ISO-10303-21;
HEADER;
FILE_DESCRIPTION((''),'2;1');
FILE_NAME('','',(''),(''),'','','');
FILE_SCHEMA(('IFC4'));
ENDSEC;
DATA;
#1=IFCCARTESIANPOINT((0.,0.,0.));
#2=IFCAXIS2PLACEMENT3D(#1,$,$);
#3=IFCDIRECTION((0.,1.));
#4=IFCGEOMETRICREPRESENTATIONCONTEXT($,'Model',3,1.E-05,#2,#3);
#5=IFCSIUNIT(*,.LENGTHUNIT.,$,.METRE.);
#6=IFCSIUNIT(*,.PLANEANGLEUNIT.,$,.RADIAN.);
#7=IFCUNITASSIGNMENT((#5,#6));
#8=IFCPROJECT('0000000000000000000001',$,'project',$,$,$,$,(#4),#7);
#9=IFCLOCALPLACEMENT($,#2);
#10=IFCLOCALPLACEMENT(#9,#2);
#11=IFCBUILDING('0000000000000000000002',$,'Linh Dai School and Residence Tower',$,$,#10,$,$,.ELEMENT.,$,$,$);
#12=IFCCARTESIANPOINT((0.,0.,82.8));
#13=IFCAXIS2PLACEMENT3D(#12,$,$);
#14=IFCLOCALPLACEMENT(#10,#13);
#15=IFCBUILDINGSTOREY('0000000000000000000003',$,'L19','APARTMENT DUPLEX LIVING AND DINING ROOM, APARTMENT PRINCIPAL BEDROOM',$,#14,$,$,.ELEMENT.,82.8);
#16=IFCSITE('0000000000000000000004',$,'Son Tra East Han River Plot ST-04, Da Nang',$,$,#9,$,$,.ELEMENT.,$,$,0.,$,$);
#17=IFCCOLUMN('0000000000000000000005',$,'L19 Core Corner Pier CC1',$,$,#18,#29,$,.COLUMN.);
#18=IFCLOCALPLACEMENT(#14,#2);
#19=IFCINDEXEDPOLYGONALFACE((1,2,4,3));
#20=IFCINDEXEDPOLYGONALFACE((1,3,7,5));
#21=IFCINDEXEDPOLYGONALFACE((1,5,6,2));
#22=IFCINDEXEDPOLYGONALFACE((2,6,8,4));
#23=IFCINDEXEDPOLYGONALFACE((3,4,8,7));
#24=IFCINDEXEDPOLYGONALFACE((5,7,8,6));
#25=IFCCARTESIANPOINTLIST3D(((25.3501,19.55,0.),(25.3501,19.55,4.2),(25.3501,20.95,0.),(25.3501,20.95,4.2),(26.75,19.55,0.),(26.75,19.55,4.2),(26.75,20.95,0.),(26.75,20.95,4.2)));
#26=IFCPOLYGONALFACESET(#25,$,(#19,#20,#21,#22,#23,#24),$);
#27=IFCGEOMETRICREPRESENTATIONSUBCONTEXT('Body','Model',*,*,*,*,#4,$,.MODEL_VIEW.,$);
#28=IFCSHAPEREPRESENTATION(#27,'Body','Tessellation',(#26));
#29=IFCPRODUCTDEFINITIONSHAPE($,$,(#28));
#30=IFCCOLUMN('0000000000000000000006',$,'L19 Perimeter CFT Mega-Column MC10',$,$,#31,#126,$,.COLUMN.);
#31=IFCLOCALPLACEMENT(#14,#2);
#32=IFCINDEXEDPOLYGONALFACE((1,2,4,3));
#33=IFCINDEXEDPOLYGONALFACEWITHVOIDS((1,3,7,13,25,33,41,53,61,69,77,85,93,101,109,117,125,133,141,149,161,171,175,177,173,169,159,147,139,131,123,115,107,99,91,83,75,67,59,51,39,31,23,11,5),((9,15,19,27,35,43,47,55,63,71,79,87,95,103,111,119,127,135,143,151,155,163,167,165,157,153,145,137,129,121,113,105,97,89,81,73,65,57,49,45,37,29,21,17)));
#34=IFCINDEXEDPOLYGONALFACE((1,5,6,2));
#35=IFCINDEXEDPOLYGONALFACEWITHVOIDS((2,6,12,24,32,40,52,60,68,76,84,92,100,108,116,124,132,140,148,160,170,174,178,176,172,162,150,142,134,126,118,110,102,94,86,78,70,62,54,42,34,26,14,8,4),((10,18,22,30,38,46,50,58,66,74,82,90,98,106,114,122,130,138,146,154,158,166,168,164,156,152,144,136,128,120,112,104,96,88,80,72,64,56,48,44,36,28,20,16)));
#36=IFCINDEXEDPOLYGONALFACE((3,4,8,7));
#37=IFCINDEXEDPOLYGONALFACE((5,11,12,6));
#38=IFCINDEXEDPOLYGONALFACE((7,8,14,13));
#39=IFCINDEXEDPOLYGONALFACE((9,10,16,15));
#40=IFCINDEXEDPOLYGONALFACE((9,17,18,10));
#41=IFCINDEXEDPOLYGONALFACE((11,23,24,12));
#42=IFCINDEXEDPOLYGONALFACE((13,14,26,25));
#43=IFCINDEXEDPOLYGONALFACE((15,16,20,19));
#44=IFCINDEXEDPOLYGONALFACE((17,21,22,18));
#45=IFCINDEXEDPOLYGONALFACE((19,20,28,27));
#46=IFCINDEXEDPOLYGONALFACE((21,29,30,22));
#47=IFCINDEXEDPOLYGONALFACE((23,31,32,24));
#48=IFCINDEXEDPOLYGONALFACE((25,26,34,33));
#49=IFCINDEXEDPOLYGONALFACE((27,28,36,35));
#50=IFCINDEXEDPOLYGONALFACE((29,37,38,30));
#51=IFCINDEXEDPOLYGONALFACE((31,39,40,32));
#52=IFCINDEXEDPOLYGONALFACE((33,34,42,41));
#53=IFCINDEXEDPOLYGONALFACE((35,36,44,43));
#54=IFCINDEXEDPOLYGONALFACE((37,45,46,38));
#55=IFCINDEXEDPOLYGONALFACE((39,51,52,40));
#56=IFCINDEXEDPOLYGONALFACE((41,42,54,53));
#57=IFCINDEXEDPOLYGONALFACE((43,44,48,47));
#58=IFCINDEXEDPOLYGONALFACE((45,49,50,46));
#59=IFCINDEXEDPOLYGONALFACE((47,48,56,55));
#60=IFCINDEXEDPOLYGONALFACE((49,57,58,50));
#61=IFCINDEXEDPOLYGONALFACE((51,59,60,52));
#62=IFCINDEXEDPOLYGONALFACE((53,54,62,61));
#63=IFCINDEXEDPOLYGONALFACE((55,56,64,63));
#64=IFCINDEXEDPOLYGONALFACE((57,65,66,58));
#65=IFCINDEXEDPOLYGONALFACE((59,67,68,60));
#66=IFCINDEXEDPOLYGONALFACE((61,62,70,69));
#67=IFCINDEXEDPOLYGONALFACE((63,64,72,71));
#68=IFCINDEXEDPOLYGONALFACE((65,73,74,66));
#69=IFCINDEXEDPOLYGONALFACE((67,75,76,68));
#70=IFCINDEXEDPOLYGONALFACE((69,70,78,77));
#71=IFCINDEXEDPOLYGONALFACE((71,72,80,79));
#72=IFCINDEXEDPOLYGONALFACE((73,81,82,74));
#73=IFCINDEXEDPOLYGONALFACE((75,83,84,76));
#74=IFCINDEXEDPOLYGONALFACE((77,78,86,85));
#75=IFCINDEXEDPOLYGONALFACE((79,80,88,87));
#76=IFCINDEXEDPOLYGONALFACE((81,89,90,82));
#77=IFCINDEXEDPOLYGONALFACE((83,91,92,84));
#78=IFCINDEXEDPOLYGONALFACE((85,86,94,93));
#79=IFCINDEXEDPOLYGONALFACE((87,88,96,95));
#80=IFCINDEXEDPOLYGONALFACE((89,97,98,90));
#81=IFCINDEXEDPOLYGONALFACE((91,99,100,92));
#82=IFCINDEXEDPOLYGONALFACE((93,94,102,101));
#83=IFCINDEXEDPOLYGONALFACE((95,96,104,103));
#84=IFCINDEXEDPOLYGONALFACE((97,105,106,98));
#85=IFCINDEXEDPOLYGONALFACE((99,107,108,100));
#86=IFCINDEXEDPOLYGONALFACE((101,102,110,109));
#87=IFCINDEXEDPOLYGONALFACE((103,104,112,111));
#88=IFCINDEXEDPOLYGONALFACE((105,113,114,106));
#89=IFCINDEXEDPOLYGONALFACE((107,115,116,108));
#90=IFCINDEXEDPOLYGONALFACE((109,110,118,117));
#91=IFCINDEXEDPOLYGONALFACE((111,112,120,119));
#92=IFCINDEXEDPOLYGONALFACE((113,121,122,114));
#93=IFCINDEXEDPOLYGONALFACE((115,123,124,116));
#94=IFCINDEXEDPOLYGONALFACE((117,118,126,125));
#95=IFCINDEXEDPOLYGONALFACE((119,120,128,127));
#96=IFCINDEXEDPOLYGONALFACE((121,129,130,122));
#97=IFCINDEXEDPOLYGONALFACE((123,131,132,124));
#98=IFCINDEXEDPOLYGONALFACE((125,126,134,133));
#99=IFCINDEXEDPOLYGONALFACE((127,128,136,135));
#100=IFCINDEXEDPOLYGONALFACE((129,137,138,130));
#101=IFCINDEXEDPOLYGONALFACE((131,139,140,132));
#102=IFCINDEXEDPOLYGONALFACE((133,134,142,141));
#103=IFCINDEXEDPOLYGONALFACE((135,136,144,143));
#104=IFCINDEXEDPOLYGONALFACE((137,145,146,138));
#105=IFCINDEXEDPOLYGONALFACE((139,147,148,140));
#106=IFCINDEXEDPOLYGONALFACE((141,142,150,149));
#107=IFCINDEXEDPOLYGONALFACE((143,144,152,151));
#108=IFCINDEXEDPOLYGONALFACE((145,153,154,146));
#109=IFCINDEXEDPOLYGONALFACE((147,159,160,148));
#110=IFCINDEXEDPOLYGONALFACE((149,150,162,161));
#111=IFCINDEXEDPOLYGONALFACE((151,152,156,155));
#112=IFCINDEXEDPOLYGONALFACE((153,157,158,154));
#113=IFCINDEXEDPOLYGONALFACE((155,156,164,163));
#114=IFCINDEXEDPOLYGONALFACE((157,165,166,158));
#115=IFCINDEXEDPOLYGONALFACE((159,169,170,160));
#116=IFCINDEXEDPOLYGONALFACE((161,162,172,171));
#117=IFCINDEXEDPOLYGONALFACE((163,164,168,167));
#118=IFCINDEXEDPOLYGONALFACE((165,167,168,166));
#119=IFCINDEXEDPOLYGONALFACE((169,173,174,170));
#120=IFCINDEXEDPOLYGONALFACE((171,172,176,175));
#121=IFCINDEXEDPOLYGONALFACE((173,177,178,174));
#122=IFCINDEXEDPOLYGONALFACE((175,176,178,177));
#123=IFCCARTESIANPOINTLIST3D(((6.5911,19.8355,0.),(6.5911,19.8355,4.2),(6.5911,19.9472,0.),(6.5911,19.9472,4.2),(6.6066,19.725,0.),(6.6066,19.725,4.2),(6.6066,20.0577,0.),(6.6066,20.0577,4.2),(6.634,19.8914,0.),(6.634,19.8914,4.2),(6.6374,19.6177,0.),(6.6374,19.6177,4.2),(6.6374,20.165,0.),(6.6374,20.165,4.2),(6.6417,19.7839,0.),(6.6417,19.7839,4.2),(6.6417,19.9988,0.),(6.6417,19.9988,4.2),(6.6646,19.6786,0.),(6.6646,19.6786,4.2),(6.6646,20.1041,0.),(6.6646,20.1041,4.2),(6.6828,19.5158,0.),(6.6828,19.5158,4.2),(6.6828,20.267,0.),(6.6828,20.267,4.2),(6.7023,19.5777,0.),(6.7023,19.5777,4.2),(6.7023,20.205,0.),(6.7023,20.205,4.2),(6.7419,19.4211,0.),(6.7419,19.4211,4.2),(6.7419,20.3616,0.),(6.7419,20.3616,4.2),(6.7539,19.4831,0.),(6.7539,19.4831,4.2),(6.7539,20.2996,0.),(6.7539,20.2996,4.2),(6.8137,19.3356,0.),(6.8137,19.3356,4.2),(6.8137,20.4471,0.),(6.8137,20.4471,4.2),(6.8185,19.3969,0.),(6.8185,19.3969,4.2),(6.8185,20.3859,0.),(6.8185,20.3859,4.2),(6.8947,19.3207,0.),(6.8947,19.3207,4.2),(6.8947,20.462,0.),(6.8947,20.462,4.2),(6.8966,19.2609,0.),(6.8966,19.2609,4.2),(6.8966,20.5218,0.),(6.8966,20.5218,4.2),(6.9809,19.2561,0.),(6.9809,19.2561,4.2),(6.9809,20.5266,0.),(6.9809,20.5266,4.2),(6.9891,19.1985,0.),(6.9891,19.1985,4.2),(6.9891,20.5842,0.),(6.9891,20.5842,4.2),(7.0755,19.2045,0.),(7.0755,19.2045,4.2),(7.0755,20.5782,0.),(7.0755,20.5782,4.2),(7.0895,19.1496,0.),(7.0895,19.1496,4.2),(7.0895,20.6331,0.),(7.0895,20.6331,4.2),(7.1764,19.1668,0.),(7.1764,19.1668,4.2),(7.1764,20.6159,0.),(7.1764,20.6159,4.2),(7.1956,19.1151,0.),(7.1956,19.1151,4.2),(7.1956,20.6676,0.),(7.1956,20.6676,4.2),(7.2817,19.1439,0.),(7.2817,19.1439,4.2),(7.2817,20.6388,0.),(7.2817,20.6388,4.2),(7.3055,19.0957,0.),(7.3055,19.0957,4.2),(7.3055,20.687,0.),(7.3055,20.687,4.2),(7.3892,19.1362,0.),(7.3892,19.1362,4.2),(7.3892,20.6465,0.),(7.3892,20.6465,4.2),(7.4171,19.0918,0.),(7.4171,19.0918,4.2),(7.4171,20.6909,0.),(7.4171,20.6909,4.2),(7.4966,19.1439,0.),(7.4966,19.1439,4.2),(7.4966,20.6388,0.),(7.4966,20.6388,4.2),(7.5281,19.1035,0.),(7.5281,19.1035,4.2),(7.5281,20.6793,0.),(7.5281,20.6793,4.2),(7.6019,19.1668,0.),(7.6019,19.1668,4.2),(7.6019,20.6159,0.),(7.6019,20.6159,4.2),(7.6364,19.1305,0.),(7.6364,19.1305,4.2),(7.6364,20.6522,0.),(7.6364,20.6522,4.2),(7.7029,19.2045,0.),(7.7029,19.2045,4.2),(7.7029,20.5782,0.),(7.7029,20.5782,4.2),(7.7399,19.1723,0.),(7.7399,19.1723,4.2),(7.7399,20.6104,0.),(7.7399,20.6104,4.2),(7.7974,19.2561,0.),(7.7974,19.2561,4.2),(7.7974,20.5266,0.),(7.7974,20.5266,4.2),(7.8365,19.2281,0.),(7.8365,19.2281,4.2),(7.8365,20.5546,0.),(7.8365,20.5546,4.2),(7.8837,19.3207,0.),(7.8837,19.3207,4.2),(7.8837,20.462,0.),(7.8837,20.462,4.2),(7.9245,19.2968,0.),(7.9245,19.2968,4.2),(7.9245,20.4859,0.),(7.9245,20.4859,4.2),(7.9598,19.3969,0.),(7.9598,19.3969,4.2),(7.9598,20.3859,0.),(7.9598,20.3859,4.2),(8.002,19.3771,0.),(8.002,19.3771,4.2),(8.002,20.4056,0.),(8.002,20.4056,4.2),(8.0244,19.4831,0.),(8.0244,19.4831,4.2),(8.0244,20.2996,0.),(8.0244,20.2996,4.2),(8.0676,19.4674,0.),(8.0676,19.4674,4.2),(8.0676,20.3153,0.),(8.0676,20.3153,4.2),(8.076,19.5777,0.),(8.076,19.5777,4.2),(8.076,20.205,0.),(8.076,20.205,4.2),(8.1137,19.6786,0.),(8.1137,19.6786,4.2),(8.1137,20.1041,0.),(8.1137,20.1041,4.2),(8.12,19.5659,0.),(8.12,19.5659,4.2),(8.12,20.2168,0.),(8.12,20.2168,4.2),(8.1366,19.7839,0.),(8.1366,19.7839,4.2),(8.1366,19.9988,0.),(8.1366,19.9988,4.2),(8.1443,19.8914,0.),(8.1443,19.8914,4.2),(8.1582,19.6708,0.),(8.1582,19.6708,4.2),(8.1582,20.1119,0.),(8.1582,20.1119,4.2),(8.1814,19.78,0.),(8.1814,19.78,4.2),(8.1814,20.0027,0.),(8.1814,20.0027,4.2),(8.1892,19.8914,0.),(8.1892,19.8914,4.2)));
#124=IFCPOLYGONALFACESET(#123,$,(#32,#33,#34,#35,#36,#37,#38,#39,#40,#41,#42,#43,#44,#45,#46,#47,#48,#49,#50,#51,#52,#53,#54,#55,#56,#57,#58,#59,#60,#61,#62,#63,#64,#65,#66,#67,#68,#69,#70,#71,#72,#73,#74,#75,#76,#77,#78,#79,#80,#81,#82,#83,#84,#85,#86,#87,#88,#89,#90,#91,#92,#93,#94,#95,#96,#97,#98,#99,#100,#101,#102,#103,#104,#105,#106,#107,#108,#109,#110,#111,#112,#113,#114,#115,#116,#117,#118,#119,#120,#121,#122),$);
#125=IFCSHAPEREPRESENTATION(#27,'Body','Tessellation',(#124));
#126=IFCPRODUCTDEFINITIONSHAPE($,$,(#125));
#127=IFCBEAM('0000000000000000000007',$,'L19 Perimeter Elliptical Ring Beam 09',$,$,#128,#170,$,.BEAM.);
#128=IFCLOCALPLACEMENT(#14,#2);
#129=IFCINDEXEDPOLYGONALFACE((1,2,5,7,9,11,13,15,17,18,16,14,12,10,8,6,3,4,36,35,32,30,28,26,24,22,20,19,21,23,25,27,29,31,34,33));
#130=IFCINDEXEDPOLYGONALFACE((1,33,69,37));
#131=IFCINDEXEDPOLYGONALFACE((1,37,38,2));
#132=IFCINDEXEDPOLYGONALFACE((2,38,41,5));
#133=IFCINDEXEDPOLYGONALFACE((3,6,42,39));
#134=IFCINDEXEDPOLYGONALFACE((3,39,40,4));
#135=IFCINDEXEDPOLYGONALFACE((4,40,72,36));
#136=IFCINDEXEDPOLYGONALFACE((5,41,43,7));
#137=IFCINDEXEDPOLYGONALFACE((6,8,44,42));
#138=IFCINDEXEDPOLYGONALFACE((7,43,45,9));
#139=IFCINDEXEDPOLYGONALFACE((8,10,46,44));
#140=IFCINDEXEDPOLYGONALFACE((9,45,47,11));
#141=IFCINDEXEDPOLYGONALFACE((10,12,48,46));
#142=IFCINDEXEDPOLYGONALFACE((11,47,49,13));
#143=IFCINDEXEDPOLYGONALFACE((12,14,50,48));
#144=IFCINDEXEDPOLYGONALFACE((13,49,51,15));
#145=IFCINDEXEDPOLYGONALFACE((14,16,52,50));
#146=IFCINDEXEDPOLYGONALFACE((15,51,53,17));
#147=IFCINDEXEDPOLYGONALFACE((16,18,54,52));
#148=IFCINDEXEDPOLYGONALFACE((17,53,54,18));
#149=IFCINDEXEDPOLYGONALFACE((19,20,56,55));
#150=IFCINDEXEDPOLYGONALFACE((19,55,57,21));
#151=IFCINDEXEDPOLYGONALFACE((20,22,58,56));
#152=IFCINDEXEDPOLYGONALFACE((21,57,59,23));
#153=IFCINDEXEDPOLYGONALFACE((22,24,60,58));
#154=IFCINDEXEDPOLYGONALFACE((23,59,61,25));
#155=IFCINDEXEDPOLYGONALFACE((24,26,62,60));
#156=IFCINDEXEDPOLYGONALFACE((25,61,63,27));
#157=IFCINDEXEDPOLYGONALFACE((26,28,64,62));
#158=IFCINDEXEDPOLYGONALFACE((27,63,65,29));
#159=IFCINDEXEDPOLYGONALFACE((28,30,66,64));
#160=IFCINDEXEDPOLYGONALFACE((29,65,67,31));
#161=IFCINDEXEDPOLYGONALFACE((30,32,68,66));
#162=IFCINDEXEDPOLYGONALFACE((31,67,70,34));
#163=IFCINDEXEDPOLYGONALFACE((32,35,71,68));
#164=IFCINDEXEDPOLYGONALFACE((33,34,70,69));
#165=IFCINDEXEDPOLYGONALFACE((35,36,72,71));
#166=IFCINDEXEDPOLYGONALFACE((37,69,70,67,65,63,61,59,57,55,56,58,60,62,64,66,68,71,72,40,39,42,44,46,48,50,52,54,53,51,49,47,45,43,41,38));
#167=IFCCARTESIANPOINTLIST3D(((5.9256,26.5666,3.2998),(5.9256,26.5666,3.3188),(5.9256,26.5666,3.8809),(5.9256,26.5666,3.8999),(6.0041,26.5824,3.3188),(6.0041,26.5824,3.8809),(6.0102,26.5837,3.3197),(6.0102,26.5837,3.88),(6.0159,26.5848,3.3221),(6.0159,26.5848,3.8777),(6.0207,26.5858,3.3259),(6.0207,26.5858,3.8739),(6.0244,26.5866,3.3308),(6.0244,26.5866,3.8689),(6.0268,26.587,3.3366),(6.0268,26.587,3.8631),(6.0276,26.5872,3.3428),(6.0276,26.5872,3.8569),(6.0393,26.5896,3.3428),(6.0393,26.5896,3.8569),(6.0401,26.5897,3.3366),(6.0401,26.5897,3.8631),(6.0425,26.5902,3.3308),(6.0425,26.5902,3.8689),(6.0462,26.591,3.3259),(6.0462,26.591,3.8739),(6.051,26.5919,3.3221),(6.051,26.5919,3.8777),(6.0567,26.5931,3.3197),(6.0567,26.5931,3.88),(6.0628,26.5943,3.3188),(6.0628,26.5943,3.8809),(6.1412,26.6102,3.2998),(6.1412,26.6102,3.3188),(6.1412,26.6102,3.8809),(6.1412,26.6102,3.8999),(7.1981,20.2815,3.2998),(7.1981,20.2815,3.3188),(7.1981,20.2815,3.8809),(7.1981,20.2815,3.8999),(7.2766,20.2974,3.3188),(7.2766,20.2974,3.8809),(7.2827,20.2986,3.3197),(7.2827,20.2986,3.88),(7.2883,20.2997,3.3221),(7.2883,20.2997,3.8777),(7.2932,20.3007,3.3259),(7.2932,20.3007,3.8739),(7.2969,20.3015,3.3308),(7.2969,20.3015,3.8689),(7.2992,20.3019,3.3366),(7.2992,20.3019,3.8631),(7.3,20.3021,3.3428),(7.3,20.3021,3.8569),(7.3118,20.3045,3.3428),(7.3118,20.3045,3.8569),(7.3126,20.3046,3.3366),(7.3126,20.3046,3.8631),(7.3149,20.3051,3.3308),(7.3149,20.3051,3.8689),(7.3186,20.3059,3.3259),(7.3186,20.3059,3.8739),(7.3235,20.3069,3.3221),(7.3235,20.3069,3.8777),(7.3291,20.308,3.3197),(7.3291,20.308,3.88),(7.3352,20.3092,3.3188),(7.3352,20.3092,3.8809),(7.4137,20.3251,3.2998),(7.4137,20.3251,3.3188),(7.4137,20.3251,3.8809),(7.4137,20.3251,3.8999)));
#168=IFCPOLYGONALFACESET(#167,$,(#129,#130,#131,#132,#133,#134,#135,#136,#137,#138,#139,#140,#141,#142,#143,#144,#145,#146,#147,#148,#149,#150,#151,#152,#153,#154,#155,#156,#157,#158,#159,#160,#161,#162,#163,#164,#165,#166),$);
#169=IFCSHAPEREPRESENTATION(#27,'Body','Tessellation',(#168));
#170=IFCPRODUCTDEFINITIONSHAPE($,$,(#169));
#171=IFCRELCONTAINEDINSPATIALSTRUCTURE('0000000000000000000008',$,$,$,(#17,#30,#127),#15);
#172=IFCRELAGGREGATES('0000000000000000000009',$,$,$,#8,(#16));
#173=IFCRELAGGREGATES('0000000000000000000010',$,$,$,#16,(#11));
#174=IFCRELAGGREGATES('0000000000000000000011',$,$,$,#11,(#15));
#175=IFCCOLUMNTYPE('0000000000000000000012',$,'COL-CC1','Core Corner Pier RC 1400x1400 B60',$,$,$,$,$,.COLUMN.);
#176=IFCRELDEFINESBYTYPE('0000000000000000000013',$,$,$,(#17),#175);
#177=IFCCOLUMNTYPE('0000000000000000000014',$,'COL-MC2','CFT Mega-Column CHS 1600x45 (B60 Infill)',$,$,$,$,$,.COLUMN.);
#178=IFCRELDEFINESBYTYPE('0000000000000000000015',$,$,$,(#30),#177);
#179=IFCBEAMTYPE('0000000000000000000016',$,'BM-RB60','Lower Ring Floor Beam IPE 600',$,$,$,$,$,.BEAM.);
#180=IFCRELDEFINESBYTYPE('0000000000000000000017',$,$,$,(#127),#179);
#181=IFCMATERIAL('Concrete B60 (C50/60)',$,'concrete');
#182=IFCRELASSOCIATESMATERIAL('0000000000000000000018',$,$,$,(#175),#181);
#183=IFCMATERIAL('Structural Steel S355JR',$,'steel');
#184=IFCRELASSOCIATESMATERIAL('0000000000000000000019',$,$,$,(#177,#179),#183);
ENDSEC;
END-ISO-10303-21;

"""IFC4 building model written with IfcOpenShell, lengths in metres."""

from ifc_helpers import new_model, si_unit, direction, frame, origin, origin_2d, place, context, subcontext, project, spatial, rectangle, hollow_circle, i_section, extrude, material, material_profile, profile_set, type_object, element, save


model = new_model("IFC4")

# Units and contexts
model_context = context("Model", 3, precision=1e-05, world=origin(), true_north=direction((0.0, 1.0)))
body_context = subcontext(model_context, "Body", "Model", "MODEL_VIEW")
ifc_project = project(units=[si_unit("LENGTHUNIT", "METRE"), si_unit("PLANEANGLEUNIT", "RADIAN")], contexts=[model_context])

# Site, building, storey
site_placement = place(None, origin())
site = spatial("IfcSite", under=ifc_project, at=site_placement, Name="Son Tra East Han River Plot ST-04, Da Nang", CompositionType="ELEMENT", RefElevation=0.0)
building_placement = place(site_placement, origin())
building = spatial("IfcBuilding", under=site, at=building_placement, Name="Linh Dai School and Residence Tower", CompositionType="ELEMENT")
storey_placement = place(building_placement, frame((0.0, 0.0, 82.8)))
storey = spatial("IfcBuildingStorey", under=building, at=storey_placement, Name="L19", Description="APARTMENT DUPLEX LIVING AND DINING ROOM, APARTMENT PRINCIPAL BEDROOM", CompositionType="ELEMENT", Elevation=82.8)

# Columns
ifc_material_1 = material(Name="Concrete B60 (C50/60)", Category="concrete")
ifc_material_profile_1 = material_profile(ifc_material_1, rectangle(XDim=1.3999, YDim=1.3999, at=origin_2d()), Name="RC 1400x1400")
ifc_profile_set_1 = profile_set([ifc_material_profile_1], Name="Concrete B60 (C50/60)")
column_type_1 = type_object("IfcColumnType", Name="COL-CC1", Description="Core Corner Pier RC 1400x1400 B60", PredefinedType="COLUMN", material=ifc_profile_set_1)
column_1_placement = place(storey_placement, frame((26.05, 20.25, 0.0), z_axis=(0.0, 0.0, 1.0), x_axis=(1.0, 0.0, 0.0)))
element("IfcColumn", 1, at=column_1_placement, inside=storey, type_object=column_type_1, Name="L19 Core Corner Pier CC1", PredefinedType="COLUMN", context=body_context, shape_type="SweptSolid", body=[
    extrude(rectangle(XDim=1.3999, YDim=1.3999, at=origin_2d()), origin(), (0.0, 0.0, 1.0), 4.2),
])
ifc_material_2 = material(Name="Structural Steel S355JR", Category="steel")
ifc_material_profile_2 = material_profile(ifc_material_2, hollow_circle(Radius=0.8, WallThickness=0.0449, at=origin_2d()), Name="CHS 1600x45")
ifc_profile_set_2 = profile_set([ifc_material_profile_2], Name="Structural Steel S355JR")
column_type_2 = type_object("IfcColumnType", Name="COL-MC2", Description="CFT Mega-Column CHS 1600x45 (B60 Infill)", PredefinedType="COLUMN", material=ifc_profile_set_2)
column_2_placement = place(storey_placement, frame((7.3892, 19.8914, 0.0), z_axis=(0.0, 0.0, 1.0), x_axis=(1.0, 0.0, 0.0)))
element("IfcColumn", 2, at=column_2_placement, inside=storey, type_object=column_type_2, Name="L19 Perimeter CFT Mega-Column MC10", PredefinedType="COLUMN", context=body_context, shape_type="SweptSolid", body=[
    extrude(hollow_circle(Radius=0.8, WallThickness=0.0449, at=origin_2d()), origin(), (0.0, 0.0, 1.0), 4.2),
])

# Beam
ifc_material_profile_3 = material_profile(ifc_material_2, i_section(OverallWidth=0.22, OverallDepth=0.6001, WebThickness=0.012, FlangeThickness=0.019, FilletRadius=0.0239, at=origin_2d()), Name="IPE 600")
ifc_profile_set_3 = profile_set([ifc_material_profile_3], Name="Structural Steel S355JR")
beam_type = type_object("IfcBeamType", Name="BM-RB60", Description="Lower Ring Floor Beam IPE 600", PredefinedType="BEAM", material=ifc_profile_set_3)
beam_1_placement = place(storey_placement, frame((6.0334, 26.5884, 3.5999), z_axis=(0.198429, -0.980115, 0.0), x_axis=(0.980115, 0.198429, 0.0)))
element("IfcBeam", 3, at=beam_1_placement, inside=storey, type_object=beam_type, Name="L19 Perimeter Elliptical Ring Beam 09", PredefinedType="BEAM", context=body_context, shape_type="SweptSolid", body=[
    extrude(i_section(OverallWidth=0.22, OverallDepth=0.6001, WebThickness=0.012, FlangeThickness=0.019, FilletRadius=0.0239, at=origin_2d()), origin(), (0.0, 0.0, 1.0), 6.4126),
])

save(model, "model.ifc")
